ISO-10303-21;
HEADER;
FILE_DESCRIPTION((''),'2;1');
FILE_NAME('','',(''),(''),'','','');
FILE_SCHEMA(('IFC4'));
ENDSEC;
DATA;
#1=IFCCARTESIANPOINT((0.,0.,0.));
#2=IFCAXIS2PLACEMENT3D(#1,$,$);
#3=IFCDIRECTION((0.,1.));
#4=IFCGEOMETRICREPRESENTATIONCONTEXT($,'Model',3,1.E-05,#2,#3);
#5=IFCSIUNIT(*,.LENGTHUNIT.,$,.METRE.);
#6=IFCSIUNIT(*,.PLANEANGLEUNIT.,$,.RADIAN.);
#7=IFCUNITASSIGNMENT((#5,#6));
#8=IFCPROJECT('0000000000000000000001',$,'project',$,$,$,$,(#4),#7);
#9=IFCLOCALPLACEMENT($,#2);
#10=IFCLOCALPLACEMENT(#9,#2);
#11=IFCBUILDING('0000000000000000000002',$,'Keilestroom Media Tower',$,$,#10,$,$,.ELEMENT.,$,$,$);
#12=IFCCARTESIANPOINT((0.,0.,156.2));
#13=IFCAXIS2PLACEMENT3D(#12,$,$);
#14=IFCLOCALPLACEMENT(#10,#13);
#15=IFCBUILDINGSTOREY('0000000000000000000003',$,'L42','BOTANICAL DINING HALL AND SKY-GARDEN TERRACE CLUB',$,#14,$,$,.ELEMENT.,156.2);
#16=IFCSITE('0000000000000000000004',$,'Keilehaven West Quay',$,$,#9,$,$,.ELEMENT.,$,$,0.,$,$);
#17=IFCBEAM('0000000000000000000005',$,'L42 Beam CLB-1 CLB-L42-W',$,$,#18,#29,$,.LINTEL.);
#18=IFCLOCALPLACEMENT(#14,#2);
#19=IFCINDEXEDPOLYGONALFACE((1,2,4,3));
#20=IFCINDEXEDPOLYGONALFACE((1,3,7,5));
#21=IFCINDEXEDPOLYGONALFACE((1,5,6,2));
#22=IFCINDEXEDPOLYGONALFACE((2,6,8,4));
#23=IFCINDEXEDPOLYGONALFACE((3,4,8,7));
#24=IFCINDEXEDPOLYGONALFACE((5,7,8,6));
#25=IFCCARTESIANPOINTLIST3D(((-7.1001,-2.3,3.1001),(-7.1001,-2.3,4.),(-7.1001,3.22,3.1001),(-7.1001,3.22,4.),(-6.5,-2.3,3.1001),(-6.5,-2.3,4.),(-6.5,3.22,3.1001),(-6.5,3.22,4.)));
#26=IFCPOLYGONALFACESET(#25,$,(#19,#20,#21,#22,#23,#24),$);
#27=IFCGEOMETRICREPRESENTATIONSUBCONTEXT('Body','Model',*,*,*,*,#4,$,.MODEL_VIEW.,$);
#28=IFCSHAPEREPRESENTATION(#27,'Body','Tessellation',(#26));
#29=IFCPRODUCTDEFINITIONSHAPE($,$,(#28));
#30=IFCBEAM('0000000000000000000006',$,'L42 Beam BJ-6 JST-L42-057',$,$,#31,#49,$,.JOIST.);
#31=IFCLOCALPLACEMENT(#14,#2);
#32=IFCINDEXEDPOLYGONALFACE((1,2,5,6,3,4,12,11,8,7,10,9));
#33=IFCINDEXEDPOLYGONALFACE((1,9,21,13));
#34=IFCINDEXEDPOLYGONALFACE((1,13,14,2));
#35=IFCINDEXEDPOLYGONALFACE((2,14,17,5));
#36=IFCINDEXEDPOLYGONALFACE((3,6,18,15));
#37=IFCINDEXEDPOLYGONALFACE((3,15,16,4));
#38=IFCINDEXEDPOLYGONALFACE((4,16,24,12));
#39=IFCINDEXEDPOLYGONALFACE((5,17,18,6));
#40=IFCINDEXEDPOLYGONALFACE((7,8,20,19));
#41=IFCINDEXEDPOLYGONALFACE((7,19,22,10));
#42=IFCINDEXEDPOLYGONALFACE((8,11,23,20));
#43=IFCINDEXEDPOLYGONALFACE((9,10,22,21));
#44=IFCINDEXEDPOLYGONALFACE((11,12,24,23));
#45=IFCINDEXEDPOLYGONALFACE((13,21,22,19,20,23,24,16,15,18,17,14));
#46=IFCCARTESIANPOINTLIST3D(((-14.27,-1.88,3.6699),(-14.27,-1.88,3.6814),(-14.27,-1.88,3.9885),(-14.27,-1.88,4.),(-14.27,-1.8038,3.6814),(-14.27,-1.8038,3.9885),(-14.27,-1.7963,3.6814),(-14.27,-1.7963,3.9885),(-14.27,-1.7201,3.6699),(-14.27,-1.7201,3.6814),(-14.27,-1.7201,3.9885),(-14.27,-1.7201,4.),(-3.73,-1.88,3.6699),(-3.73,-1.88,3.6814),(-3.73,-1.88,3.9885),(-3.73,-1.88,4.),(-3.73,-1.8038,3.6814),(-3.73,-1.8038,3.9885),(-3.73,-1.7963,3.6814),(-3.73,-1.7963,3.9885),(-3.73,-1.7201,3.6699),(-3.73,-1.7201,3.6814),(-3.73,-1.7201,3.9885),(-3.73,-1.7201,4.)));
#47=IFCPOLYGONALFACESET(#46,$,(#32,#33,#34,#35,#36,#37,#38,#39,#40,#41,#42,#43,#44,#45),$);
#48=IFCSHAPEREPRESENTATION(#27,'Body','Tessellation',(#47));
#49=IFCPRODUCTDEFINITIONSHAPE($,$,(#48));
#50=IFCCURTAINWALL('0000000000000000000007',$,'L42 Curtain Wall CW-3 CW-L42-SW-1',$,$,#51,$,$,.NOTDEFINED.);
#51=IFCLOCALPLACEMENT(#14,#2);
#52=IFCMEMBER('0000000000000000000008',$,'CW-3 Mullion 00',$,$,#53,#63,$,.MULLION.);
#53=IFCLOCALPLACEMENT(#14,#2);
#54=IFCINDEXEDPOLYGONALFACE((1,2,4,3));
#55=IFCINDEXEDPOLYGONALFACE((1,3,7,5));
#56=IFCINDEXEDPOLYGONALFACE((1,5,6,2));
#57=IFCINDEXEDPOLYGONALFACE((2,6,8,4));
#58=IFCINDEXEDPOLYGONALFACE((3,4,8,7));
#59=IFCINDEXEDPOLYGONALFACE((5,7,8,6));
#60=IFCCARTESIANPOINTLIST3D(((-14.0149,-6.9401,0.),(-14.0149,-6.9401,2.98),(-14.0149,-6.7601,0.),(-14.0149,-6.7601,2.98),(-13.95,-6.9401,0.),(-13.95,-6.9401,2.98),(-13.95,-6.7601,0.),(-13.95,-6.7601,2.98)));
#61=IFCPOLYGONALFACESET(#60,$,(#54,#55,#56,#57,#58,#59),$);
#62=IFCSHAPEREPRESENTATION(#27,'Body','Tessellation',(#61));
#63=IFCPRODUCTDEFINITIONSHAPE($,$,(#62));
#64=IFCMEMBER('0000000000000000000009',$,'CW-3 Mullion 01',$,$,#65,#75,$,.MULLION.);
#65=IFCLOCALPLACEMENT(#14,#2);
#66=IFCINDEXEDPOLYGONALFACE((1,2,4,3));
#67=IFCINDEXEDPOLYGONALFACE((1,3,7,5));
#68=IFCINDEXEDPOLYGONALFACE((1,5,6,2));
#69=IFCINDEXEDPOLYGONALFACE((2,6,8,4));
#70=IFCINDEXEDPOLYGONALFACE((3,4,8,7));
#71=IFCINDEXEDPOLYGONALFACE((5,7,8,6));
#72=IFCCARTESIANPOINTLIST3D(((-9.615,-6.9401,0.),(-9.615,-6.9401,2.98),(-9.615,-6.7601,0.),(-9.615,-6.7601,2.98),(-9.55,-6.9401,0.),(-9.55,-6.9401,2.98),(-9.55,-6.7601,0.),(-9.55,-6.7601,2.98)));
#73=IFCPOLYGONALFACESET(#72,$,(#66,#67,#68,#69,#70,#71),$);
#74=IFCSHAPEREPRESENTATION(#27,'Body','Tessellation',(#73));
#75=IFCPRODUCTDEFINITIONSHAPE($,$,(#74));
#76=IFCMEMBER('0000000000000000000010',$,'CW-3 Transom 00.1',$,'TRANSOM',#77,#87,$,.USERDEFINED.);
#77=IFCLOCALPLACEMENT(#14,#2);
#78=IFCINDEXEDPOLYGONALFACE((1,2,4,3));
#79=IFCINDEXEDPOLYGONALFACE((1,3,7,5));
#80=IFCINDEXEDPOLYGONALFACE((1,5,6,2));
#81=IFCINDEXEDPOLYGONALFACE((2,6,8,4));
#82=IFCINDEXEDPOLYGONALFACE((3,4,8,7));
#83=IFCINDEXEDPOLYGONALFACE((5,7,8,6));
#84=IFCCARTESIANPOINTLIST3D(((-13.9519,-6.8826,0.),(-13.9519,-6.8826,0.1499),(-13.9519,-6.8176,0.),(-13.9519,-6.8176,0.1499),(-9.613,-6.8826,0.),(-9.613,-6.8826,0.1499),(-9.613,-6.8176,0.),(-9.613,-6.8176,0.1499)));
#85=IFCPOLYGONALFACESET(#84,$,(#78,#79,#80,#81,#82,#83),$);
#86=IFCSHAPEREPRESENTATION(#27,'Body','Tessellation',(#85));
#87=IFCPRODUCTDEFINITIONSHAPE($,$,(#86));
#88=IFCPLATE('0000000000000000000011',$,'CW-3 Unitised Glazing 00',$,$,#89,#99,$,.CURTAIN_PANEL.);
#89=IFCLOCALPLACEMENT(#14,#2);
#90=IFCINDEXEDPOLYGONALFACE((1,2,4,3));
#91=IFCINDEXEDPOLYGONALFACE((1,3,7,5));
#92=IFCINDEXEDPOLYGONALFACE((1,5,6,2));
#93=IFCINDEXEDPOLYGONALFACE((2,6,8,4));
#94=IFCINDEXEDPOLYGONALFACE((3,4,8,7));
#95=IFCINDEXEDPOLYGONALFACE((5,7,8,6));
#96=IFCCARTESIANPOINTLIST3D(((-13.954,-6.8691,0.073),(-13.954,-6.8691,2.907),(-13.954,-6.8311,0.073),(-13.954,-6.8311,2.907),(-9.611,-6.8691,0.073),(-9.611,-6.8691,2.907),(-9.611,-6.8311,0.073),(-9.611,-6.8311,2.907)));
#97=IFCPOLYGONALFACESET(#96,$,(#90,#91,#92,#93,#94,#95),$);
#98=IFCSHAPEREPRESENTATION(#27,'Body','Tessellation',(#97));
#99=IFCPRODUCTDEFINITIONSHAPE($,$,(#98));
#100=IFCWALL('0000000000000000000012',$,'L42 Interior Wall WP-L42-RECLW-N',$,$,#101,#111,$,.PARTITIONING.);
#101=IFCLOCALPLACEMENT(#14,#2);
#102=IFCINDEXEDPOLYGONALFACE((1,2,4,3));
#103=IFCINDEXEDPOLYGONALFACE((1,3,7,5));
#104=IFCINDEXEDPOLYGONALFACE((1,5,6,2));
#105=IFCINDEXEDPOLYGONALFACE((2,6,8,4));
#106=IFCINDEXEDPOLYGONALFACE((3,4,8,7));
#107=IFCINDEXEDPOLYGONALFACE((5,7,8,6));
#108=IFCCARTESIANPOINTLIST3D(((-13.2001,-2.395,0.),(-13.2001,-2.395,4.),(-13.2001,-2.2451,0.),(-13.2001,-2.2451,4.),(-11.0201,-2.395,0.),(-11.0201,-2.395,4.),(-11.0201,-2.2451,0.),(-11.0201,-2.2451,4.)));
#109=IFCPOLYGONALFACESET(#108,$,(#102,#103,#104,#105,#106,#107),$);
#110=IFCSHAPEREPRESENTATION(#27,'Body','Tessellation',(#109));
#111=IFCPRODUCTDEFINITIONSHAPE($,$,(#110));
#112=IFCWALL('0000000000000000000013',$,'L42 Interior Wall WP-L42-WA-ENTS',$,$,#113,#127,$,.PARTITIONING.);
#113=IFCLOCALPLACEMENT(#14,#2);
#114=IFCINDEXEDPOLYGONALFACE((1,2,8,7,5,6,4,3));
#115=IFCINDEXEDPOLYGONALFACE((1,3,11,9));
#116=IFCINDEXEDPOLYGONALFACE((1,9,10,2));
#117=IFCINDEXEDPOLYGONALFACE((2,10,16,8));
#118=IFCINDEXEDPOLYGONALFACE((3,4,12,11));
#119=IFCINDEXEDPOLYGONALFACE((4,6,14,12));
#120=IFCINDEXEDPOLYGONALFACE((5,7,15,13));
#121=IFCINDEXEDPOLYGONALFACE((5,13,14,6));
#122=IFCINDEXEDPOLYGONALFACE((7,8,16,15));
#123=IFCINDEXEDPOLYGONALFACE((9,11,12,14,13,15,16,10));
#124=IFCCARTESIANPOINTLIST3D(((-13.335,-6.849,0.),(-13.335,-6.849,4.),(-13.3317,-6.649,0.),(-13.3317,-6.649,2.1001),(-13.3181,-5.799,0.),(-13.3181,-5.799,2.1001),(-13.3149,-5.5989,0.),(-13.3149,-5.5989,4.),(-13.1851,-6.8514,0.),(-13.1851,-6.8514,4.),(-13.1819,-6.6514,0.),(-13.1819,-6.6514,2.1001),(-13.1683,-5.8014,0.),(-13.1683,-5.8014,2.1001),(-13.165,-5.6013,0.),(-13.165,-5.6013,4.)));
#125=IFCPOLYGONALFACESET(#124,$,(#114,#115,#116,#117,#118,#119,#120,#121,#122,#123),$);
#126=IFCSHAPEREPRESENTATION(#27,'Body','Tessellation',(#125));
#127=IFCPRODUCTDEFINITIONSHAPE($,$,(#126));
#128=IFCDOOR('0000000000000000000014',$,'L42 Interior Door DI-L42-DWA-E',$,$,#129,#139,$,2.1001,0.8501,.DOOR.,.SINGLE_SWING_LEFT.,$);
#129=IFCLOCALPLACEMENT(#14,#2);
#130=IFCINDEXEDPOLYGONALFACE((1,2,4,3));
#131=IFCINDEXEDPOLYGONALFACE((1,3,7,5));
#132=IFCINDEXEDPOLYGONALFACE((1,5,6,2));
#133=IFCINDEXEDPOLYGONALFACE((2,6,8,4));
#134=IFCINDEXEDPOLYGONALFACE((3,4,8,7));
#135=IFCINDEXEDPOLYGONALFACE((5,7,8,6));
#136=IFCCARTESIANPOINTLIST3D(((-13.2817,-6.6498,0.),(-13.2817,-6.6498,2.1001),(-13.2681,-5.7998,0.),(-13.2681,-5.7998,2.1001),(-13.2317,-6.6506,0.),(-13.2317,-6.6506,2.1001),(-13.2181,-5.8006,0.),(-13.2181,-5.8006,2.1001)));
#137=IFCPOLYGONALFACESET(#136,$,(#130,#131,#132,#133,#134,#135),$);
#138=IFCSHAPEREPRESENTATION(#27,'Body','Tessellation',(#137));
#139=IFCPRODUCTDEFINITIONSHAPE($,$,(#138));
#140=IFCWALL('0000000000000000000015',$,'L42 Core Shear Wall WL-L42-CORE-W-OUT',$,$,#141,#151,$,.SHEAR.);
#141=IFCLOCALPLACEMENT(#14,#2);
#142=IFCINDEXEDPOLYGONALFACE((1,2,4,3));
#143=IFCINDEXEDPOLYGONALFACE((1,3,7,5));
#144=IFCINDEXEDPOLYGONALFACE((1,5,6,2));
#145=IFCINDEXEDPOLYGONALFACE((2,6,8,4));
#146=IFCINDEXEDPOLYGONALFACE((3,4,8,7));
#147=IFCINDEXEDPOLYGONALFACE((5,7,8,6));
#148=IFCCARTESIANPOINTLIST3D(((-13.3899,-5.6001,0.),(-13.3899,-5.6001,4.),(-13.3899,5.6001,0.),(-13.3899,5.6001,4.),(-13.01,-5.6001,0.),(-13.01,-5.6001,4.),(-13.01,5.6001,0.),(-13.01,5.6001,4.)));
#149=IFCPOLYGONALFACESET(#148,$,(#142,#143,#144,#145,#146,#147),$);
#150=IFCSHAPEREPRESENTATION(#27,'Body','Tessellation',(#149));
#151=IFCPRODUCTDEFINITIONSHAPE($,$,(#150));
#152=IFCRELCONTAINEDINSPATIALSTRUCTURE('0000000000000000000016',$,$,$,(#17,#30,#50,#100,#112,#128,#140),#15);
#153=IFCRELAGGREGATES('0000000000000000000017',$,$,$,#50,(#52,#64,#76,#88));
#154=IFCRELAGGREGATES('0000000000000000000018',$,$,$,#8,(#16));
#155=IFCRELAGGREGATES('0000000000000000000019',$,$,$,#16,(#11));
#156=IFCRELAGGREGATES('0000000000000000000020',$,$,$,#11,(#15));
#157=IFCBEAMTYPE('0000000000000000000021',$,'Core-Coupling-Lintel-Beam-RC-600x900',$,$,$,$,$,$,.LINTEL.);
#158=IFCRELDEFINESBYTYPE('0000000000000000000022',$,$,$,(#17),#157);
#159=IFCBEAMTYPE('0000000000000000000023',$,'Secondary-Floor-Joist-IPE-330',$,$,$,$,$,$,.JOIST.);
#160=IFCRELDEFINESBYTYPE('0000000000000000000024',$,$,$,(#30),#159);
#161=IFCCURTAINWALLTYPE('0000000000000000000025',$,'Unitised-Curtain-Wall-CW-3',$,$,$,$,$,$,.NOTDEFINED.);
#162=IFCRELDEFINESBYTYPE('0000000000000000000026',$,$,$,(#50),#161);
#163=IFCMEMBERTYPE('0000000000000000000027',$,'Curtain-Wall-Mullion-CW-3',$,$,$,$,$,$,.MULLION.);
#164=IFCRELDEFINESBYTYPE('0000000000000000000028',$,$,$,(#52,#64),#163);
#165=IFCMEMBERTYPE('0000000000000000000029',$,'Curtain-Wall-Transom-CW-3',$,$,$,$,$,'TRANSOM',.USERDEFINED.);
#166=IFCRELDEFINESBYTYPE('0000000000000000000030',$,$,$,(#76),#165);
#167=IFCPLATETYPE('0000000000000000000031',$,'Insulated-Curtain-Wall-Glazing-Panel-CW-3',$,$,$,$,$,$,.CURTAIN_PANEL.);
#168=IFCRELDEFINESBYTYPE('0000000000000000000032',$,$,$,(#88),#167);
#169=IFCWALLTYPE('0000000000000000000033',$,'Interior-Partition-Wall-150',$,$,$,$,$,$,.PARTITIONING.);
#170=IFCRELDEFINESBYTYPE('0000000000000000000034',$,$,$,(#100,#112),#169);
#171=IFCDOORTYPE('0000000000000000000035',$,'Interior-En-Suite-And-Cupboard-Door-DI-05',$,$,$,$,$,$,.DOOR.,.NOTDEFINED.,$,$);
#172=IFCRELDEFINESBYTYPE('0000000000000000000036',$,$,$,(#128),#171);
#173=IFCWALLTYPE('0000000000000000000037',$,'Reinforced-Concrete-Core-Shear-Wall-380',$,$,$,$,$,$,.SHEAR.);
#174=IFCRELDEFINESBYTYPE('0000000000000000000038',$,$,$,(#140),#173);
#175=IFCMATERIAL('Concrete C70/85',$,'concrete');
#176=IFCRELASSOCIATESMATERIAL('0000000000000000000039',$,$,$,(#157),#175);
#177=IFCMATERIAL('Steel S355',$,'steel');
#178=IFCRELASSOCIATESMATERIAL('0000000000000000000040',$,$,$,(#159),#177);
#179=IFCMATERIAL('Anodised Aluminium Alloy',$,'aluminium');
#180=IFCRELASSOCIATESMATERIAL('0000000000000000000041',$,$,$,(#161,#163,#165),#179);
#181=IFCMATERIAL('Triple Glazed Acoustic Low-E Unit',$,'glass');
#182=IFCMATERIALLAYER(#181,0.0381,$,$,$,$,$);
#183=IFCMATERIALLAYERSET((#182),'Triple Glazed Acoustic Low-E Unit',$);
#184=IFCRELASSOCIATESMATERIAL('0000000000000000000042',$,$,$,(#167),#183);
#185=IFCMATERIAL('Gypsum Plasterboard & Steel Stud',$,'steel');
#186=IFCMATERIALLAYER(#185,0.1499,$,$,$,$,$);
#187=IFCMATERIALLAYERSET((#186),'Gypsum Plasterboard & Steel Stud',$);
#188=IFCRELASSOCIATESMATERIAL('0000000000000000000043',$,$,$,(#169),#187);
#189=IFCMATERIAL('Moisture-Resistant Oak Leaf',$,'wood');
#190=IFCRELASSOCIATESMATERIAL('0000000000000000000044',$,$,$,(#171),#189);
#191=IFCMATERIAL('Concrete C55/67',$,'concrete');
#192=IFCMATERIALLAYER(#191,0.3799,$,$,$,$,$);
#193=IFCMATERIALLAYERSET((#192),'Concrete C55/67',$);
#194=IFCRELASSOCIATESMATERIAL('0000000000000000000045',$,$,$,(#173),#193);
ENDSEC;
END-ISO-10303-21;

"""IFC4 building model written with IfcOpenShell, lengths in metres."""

from ifc_helpers import new_model, si_unit, direction, frame, frame_2d, origin, origin_2d, place, context, subcontext, project, spatial, rectangle, i_section, extrude, source, transform, mapped, material, layer, layer_set, material_profile, profile_set, type_object, element, fill, aggregate, save


model = new_model("IFC4")

# Units and contexts
model_context = context("Model", 3, precision=1e-05, world=origin(), true_north=direction((0.0, 1.0)))
body_context = subcontext(model_context, "Body", "Model", "MODEL_VIEW")
ifc_project = project(units=[si_unit("LENGTHUNIT", "METRE"), si_unit("PLANEANGLEUNIT", "RADIAN")], contexts=[model_context])

# Site, building, storey
site_placement = place(None, origin())
site = spatial("IfcSite", under=ifc_project, at=site_placement, Name="Keilehaven West Quay", CompositionType="ELEMENT", RefElevation=0.0)
building_placement = place(site_placement, origin())
building = spatial("IfcBuilding", under=site, at=building_placement, Name="Keilestroom Media Tower", CompositionType="ELEMENT")
storey_placement = place(building_placement, frame((0.0, 0.0, 156.2)))
storey = spatial("IfcBuildingStorey", under=building, at=storey_placement, Name="L42", Description="BOTANICAL DINING HALL AND SKY-GARDEN TERRACE CLUB", CompositionType="ELEMENT", Elevation=156.2)

# Beams
ifc_material_1 = material(Name="Concrete C70/85", Category="concrete")
ifc_material_profile_1 = material_profile(ifc_material_1, rectangle(XDim=0.6001, YDim=0.8999, at=origin_2d()), Name="RC 600x900")
ifc_profile_set_1 = profile_set([ifc_material_profile_1], Name="Concrete C70/85")
beam_type_1 = type_object("IfcBeamType", Name="Core-Coupling-Lintel-Beam-RC-600x900", PredefinedType="LINTEL", material=ifc_profile_set_1)
shared_shape_1 = source(origin(), body_context, "Body", "SweptSolid", [
    extrude(rectangle(XDim=0.6001, YDim=0.8999, at=origin_2d()), origin(), (0.0, 0.0, 1.0), 5.52),
])
beam_1_placement = place(storey_placement, frame((-6.8, -2.3, 3.55), z_axis=(0.0, 1.0, 0.0), x_axis=(-1.0, 0.0, 0.0)))
element("IfcBeam", 1, at=beam_1_placement, inside=storey, type_object=beam_type_1, Name="L42 Beam CLB-1 CLB-L42-W", PredefinedType="LINTEL", context=body_context, shape_type="MappedRepresentation", body=[
    mapped(shared_shape_1, transform((0.0, 0.0, 0.0), x_axis=(1.0, 0.0, 0.0), y_axis=(0.0, 1.0, 0.0), z_axis=(0.0, 0.0, 1.0), scale=1.0)),
])
ifc_material_2 = material(Name="Steel S355", Category="steel")
ifc_material_profile_2 = material_profile(ifc_material_2, i_section(OverallWidth=0.1599, OverallDepth=0.3301, WebThickness=0.0076, FlangeThickness=0.0115, at=origin_2d()), Name="IPE 330")
ifc_profile_set_2 = profile_set([ifc_material_profile_2], Name="Steel S355")
beam_type_2 = type_object("IfcBeamType", Name="Secondary-Floor-Joist-IPE-330", PredefinedType="JOIST", material=ifc_profile_set_2)
shared_shape_2 = source(origin(), body_context, "Body", "SweptSolid", [
    extrude(i_section(OverallWidth=0.1599, OverallDepth=0.3301, WebThickness=0.0076, FlangeThickness=0.0115, at=origin_2d()), origin(), (0.0, 0.0, 1.0), 10.54),
])
beam_2_placement = place(storey_placement, frame((-14.27, -1.8, 3.835), z_axis=(1.0, 0.0, 0.0), x_axis=(0.0, 1.0, 0.0)))
element("IfcBeam", 2, at=beam_2_placement, inside=storey, type_object=beam_type_2, Name="L42 Beam BJ-6 JST-L42-057", PredefinedType="JOIST", context=body_context, shape_type="MappedRepresentation", body=[
    mapped(shared_shape_2, transform((0.0, 0.0, 0.0), x_axis=(1.0, 0.0, 0.0), y_axis=(0.0, 1.0, 0.0), z_axis=(0.0, 0.0, 1.0), scale=1.0)),
])

# Curtain wall, members, plate
ifc_material_3 = material(Name="Anodised Aluminium Alloy", Category="aluminium")
curtain_wall_type = type_object("IfcCurtainWallType", Name="Unitised-Curtain-Wall-CW-3", PredefinedType="NOTDEFINED", material=ifc_material_3)
curtain_wall_placement = place(storey_placement, origin())
curtain_wall = element("IfcCurtainWall", 3, at=curtain_wall_placement, inside=storey, type_object=curtain_wall_type, Name="L42 Curtain Wall CW-3 CW-L42-SW-1", PredefinedType="NOTDEFINED")
ifc_material_profile_3 = material_profile(ifc_material_3, rectangle(XDim=0.0649, YDim=0.1799, at=origin_2d()), Name="ALU MULLION 65x180")
ifc_profile_set_3 = profile_set([ifc_material_profile_3], Name="Anodised Aluminium Alloy")
member_type_1 = type_object("IfcMemberType", Name="Curtain-Wall-Mullion-CW-3", PredefinedType="MULLION", material=ifc_profile_set_3)
shared_shape_3 = source(origin(), body_context, "Body", "SweptSolid", [
    extrude(rectangle(XDim=0.0649, YDim=0.1799, at=origin_2d()), origin(), (0.0, 0.0, 1.0), 2.98),
])
member_1_placement = place(storey_placement, frame((-13.9824, -6.8501, 0.0), z_axis=(0.0, 0.0, 1.0), x_axis=(1.0, 0.0, 0.0)))
member_1 = element("IfcMember", 4, at=member_1_placement, type_object=member_type_1, Name="CW-3 Mullion 00", PredefinedType="MULLION", context=body_context, shape_type="MappedRepresentation", body=[
    mapped(shared_shape_3, transform((0.0, 0.0, 0.0), x_axis=(1.0, 0.0, 0.0), y_axis=(0.0, 1.0, 0.0), z_axis=(0.0, 0.0, 1.0), scale=1.0)),
])
member_2_placement = place(storey_placement, frame((-9.5825, -6.8501, 0.0), z_axis=(0.0, 0.0, 1.0), x_axis=(1.0, 0.0, 0.0)))
member_2 = element("IfcMember", 5, at=member_2_placement, type_object=member_type_1, Name="CW-3 Mullion 01", PredefinedType="MULLION", context=body_context, shape_type="MappedRepresentation", body=[
    mapped(shared_shape_3, transform((0.0, 0.0, 0.0), x_axis=(1.0, 0.0, 0.0), y_axis=(0.0, 1.0, 0.0), z_axis=(0.0, 0.0, 1.0), scale=1.0)),
])
ifc_material_profile_4 = material_profile(ifc_material_3, rectangle(XDim=0.0649, YDim=0.1499, at=origin_2d()), Name="ALU TRANSOM 65x150")
ifc_profile_set_4 = profile_set([ifc_material_profile_4], Name="Anodised Aluminium Alloy")
member_type_2 = type_object("IfcMemberType", Name="Curtain-Wall-Transom-CW-3", ElementType="TRANSOM", PredefinedType="USERDEFINED", material=ifc_profile_set_4)
shared_shape_4 = source(origin(), body_context, "Body", "SweptSolid", [
    extrude(rectangle(XDim=0.0649, YDim=0.1499, at=origin_2d()), origin(), (0.0, 0.0, 1.0), 4.3389),
])
member_3_placement = place(storey_placement, frame((-13.9519, -6.8501, 0.075), z_axis=(1.0, 0.0, 0.0), x_axis=(0.0, 1.0, 0.0)))
member_3 = element("IfcMember", 6, at=member_3_placement, type_object=member_type_2, Name="CW-3 Transom 00.1", ObjectType="TRANSOM", PredefinedType="USERDEFINED", context=body_context, shape_type="MappedRepresentation", body=[
    mapped(shared_shape_4, transform((0.0, 0.0, 0.0), x_axis=(1.0, 0.0, 0.0), y_axis=(0.0, 1.0, 0.0), z_axis=(0.0, 0.0, 1.0), scale=1.0)),
])
ifc_material_4 = material(Name="Triple Glazed Acoustic Low-E Unit", Category="glass")
ifc_layer_1 = layer(ifc_material_4, 0.0381)
ifc_layer_set_1 = layer_set([ifc_layer_1], Name="Triple Glazed Acoustic Low-E Unit")
plate_type = type_object("IfcPlateType", Name="Insulated-Curtain-Wall-Glazing-Panel-CW-3", PredefinedType="CURTAIN_PANEL", material=ifc_layer_set_1)
shared_shape_5 = source(origin(), body_context, "Body", "SweptSolid", [
    extrude(rectangle(XDim=4.343, YDim=0.0381, at=origin_2d()), origin(), (0.0, 0.0, 1.0), 2.834),
])
plate_placement = place(storey_placement, frame((-11.7825, -6.8501, 0.073), z_axis=(0.0, 0.0, 1.0), x_axis=(1.0, 0.0, 0.0)))
plate = element("IfcPlate", 7, at=plate_placement, type_object=plate_type, Name="CW-3 Unitised Glazing 00", PredefinedType="CURTAIN_PANEL", context=body_context, shape_type="MappedRepresentation", body=[
    mapped(shared_shape_5, transform((0.0, 0.0, 0.0), x_axis=(1.0, 0.0, 0.0), y_axis=(0.0, 1.0, 0.0), z_axis=(0.0, 0.0, 1.0), scale=1.0)),
])
aggregate(curtain_wall, [member_1, member_2, member_3, plate])

# Wall
ifc_material_5 = material(Name="Gypsum Plasterboard & Steel Stud", Category="steel")
ifc_layer_2 = layer(ifc_material_5, 0.1499)
ifc_layer_set_2 = layer_set([ifc_layer_2], Name="Gypsum Plasterboard & Steel Stud")
wall_type_1 = type_object("IfcWallType", Name="Interior-Partition-Wall-150", PredefinedType="PARTITIONING", material=ifc_layer_set_2)
wall_1_placement = place(storey_placement, frame((-13.2, -2.3201, 0.0), z_axis=(0.0, 0.0, 1.0), x_axis=(1.0, 0.0, 0.0)))
element("IfcWall", 8, at=wall_1_placement, inside=storey, type_object=wall_type_1, Name="L42 Interior Wall WP-L42-RECLW-N", PredefinedType="PARTITIONING", context=body_context, shape_type="SweptSolid", body=[
    extrude(rectangle(XDim=2.1799, YDim=0.1499, at=frame_2d((1.0898, 0.0))), origin(), (0.0, 0.0, 1.0), 4.0),
])

# Wall, opening, door
wall_2_placement = place(storey_placement, frame((-13.26, -6.8501, 0.0), z_axis=(0.0, 0.0, 1.0), x_axis=(0.016014, 0.999872, 0.0)))
wall_2 = element("IfcWall", 9, at=wall_2_placement, inside=storey, type_object=wall_type_1, Name="L42 Interior Wall WP-L42-WA-ENTS", PredefinedType="PARTITIONING", context=body_context, shape_type="SweptSolid", body=[
    extrude(rectangle(XDim=1.2502, YDim=0.1499, at=frame_2d((0.625, 0.0))), origin(), (0.0, 0.0, 1.0), 4.0),
])
opening_1_placement = place(wall_2_placement, frame((0.2, 0.0, 0.0)))
opening_1 = element("IfcOpeningElement", 10, at=opening_1_placement, cuts=wall_2, PredefinedType="OPENING", context=body_context, shape_type="SweptSolid", body=[
    extrude(rectangle(XDim=0.8501, YDim=2.1001, at=frame_2d((0.425, 1.05))), frame((0.0, 0.085, 0.0), z_axis=(0.0, -1.0, 0.0), x_axis=(1.0, 0.0, 0.0)), (0.0, 0.0, 1.0), 0.1699),
])
ifc_material_6 = material(Name="Moisture-Resistant Oak Leaf", Category="wood")
door_type_1 = type_object("IfcDoorType", Name="Interior-En-Suite-And-Cupboard-Door-DI-05", OperationType="NOTDEFINED", PredefinedType="DOOR", material=ifc_material_6)
shared_shape_6 = source(origin(), body_context, "Body", "SweptSolid", [
    extrude(rectangle(XDim=0.8501, YDim=2.1001, at=frame_2d((0.425, 1.05))), frame((0.0, 0.0249, 0.0), z_axis=(0.0, -1.0, 0.0), x_axis=(1.0, 0.0, 0.0)), (0.0, 0.0, 1.0), 0.05),
])
door_1_placement = place(opening_1_placement, origin())
door_1 = element("IfcDoor", 11, at=door_1_placement, inside=storey, type_object=door_type_1, Name="L42 Interior Door DI-L42-DWA-E", OperationType="SINGLE_SWING_LEFT", OverallHeight=2.1001, OverallWidth=0.8501, PredefinedType="DOOR", context=body_context, shape_type="MappedRepresentation", body=[
    mapped(shared_shape_6, transform((0.0, 0.0, 0.0), x_axis=(1.0, 0.0, 0.0), y_axis=(0.0, 1.0, 0.0), z_axis=(0.0, 0.0, 1.0), scale=1.0)),
])
fill(opening_1, door_1)

# Wall
ifc_material_7 = material(Name="Concrete C55/67", Category="concrete")
ifc_layer_3 = layer(ifc_material_7, 0.3799)
ifc_layer_set_3 = layer_set([ifc_layer_3], Name="Concrete C55/67")
wall_type_2 = type_object("IfcWallType", Name="Reinforced-Concrete-Core-Shear-Wall-380", PredefinedType="SHEAR", material=ifc_layer_set_3)
wall_3_placement = place(storey_placement, frame((-13.2, -5.6001, 0.0), z_axis=(0.0, 0.0, 1.0), x_axis=(0.0, 1.0, 0.0)))
element("IfcWall", 12, at=wall_3_placement, inside=storey, type_object=wall_type_2, Name="L42 Core Shear Wall WL-L42-CORE-W-OUT", PredefinedType="SHEAR", context=body_context, shape_type="SweptSolid", body=[
    extrude(rectangle(XDim=11.2002, YDim=0.3799, at=frame_2d((5.6001, 0.0))), origin(), (0.0, 0.0, 1.0), 4.0),
])

save(model, "model.ifc")
